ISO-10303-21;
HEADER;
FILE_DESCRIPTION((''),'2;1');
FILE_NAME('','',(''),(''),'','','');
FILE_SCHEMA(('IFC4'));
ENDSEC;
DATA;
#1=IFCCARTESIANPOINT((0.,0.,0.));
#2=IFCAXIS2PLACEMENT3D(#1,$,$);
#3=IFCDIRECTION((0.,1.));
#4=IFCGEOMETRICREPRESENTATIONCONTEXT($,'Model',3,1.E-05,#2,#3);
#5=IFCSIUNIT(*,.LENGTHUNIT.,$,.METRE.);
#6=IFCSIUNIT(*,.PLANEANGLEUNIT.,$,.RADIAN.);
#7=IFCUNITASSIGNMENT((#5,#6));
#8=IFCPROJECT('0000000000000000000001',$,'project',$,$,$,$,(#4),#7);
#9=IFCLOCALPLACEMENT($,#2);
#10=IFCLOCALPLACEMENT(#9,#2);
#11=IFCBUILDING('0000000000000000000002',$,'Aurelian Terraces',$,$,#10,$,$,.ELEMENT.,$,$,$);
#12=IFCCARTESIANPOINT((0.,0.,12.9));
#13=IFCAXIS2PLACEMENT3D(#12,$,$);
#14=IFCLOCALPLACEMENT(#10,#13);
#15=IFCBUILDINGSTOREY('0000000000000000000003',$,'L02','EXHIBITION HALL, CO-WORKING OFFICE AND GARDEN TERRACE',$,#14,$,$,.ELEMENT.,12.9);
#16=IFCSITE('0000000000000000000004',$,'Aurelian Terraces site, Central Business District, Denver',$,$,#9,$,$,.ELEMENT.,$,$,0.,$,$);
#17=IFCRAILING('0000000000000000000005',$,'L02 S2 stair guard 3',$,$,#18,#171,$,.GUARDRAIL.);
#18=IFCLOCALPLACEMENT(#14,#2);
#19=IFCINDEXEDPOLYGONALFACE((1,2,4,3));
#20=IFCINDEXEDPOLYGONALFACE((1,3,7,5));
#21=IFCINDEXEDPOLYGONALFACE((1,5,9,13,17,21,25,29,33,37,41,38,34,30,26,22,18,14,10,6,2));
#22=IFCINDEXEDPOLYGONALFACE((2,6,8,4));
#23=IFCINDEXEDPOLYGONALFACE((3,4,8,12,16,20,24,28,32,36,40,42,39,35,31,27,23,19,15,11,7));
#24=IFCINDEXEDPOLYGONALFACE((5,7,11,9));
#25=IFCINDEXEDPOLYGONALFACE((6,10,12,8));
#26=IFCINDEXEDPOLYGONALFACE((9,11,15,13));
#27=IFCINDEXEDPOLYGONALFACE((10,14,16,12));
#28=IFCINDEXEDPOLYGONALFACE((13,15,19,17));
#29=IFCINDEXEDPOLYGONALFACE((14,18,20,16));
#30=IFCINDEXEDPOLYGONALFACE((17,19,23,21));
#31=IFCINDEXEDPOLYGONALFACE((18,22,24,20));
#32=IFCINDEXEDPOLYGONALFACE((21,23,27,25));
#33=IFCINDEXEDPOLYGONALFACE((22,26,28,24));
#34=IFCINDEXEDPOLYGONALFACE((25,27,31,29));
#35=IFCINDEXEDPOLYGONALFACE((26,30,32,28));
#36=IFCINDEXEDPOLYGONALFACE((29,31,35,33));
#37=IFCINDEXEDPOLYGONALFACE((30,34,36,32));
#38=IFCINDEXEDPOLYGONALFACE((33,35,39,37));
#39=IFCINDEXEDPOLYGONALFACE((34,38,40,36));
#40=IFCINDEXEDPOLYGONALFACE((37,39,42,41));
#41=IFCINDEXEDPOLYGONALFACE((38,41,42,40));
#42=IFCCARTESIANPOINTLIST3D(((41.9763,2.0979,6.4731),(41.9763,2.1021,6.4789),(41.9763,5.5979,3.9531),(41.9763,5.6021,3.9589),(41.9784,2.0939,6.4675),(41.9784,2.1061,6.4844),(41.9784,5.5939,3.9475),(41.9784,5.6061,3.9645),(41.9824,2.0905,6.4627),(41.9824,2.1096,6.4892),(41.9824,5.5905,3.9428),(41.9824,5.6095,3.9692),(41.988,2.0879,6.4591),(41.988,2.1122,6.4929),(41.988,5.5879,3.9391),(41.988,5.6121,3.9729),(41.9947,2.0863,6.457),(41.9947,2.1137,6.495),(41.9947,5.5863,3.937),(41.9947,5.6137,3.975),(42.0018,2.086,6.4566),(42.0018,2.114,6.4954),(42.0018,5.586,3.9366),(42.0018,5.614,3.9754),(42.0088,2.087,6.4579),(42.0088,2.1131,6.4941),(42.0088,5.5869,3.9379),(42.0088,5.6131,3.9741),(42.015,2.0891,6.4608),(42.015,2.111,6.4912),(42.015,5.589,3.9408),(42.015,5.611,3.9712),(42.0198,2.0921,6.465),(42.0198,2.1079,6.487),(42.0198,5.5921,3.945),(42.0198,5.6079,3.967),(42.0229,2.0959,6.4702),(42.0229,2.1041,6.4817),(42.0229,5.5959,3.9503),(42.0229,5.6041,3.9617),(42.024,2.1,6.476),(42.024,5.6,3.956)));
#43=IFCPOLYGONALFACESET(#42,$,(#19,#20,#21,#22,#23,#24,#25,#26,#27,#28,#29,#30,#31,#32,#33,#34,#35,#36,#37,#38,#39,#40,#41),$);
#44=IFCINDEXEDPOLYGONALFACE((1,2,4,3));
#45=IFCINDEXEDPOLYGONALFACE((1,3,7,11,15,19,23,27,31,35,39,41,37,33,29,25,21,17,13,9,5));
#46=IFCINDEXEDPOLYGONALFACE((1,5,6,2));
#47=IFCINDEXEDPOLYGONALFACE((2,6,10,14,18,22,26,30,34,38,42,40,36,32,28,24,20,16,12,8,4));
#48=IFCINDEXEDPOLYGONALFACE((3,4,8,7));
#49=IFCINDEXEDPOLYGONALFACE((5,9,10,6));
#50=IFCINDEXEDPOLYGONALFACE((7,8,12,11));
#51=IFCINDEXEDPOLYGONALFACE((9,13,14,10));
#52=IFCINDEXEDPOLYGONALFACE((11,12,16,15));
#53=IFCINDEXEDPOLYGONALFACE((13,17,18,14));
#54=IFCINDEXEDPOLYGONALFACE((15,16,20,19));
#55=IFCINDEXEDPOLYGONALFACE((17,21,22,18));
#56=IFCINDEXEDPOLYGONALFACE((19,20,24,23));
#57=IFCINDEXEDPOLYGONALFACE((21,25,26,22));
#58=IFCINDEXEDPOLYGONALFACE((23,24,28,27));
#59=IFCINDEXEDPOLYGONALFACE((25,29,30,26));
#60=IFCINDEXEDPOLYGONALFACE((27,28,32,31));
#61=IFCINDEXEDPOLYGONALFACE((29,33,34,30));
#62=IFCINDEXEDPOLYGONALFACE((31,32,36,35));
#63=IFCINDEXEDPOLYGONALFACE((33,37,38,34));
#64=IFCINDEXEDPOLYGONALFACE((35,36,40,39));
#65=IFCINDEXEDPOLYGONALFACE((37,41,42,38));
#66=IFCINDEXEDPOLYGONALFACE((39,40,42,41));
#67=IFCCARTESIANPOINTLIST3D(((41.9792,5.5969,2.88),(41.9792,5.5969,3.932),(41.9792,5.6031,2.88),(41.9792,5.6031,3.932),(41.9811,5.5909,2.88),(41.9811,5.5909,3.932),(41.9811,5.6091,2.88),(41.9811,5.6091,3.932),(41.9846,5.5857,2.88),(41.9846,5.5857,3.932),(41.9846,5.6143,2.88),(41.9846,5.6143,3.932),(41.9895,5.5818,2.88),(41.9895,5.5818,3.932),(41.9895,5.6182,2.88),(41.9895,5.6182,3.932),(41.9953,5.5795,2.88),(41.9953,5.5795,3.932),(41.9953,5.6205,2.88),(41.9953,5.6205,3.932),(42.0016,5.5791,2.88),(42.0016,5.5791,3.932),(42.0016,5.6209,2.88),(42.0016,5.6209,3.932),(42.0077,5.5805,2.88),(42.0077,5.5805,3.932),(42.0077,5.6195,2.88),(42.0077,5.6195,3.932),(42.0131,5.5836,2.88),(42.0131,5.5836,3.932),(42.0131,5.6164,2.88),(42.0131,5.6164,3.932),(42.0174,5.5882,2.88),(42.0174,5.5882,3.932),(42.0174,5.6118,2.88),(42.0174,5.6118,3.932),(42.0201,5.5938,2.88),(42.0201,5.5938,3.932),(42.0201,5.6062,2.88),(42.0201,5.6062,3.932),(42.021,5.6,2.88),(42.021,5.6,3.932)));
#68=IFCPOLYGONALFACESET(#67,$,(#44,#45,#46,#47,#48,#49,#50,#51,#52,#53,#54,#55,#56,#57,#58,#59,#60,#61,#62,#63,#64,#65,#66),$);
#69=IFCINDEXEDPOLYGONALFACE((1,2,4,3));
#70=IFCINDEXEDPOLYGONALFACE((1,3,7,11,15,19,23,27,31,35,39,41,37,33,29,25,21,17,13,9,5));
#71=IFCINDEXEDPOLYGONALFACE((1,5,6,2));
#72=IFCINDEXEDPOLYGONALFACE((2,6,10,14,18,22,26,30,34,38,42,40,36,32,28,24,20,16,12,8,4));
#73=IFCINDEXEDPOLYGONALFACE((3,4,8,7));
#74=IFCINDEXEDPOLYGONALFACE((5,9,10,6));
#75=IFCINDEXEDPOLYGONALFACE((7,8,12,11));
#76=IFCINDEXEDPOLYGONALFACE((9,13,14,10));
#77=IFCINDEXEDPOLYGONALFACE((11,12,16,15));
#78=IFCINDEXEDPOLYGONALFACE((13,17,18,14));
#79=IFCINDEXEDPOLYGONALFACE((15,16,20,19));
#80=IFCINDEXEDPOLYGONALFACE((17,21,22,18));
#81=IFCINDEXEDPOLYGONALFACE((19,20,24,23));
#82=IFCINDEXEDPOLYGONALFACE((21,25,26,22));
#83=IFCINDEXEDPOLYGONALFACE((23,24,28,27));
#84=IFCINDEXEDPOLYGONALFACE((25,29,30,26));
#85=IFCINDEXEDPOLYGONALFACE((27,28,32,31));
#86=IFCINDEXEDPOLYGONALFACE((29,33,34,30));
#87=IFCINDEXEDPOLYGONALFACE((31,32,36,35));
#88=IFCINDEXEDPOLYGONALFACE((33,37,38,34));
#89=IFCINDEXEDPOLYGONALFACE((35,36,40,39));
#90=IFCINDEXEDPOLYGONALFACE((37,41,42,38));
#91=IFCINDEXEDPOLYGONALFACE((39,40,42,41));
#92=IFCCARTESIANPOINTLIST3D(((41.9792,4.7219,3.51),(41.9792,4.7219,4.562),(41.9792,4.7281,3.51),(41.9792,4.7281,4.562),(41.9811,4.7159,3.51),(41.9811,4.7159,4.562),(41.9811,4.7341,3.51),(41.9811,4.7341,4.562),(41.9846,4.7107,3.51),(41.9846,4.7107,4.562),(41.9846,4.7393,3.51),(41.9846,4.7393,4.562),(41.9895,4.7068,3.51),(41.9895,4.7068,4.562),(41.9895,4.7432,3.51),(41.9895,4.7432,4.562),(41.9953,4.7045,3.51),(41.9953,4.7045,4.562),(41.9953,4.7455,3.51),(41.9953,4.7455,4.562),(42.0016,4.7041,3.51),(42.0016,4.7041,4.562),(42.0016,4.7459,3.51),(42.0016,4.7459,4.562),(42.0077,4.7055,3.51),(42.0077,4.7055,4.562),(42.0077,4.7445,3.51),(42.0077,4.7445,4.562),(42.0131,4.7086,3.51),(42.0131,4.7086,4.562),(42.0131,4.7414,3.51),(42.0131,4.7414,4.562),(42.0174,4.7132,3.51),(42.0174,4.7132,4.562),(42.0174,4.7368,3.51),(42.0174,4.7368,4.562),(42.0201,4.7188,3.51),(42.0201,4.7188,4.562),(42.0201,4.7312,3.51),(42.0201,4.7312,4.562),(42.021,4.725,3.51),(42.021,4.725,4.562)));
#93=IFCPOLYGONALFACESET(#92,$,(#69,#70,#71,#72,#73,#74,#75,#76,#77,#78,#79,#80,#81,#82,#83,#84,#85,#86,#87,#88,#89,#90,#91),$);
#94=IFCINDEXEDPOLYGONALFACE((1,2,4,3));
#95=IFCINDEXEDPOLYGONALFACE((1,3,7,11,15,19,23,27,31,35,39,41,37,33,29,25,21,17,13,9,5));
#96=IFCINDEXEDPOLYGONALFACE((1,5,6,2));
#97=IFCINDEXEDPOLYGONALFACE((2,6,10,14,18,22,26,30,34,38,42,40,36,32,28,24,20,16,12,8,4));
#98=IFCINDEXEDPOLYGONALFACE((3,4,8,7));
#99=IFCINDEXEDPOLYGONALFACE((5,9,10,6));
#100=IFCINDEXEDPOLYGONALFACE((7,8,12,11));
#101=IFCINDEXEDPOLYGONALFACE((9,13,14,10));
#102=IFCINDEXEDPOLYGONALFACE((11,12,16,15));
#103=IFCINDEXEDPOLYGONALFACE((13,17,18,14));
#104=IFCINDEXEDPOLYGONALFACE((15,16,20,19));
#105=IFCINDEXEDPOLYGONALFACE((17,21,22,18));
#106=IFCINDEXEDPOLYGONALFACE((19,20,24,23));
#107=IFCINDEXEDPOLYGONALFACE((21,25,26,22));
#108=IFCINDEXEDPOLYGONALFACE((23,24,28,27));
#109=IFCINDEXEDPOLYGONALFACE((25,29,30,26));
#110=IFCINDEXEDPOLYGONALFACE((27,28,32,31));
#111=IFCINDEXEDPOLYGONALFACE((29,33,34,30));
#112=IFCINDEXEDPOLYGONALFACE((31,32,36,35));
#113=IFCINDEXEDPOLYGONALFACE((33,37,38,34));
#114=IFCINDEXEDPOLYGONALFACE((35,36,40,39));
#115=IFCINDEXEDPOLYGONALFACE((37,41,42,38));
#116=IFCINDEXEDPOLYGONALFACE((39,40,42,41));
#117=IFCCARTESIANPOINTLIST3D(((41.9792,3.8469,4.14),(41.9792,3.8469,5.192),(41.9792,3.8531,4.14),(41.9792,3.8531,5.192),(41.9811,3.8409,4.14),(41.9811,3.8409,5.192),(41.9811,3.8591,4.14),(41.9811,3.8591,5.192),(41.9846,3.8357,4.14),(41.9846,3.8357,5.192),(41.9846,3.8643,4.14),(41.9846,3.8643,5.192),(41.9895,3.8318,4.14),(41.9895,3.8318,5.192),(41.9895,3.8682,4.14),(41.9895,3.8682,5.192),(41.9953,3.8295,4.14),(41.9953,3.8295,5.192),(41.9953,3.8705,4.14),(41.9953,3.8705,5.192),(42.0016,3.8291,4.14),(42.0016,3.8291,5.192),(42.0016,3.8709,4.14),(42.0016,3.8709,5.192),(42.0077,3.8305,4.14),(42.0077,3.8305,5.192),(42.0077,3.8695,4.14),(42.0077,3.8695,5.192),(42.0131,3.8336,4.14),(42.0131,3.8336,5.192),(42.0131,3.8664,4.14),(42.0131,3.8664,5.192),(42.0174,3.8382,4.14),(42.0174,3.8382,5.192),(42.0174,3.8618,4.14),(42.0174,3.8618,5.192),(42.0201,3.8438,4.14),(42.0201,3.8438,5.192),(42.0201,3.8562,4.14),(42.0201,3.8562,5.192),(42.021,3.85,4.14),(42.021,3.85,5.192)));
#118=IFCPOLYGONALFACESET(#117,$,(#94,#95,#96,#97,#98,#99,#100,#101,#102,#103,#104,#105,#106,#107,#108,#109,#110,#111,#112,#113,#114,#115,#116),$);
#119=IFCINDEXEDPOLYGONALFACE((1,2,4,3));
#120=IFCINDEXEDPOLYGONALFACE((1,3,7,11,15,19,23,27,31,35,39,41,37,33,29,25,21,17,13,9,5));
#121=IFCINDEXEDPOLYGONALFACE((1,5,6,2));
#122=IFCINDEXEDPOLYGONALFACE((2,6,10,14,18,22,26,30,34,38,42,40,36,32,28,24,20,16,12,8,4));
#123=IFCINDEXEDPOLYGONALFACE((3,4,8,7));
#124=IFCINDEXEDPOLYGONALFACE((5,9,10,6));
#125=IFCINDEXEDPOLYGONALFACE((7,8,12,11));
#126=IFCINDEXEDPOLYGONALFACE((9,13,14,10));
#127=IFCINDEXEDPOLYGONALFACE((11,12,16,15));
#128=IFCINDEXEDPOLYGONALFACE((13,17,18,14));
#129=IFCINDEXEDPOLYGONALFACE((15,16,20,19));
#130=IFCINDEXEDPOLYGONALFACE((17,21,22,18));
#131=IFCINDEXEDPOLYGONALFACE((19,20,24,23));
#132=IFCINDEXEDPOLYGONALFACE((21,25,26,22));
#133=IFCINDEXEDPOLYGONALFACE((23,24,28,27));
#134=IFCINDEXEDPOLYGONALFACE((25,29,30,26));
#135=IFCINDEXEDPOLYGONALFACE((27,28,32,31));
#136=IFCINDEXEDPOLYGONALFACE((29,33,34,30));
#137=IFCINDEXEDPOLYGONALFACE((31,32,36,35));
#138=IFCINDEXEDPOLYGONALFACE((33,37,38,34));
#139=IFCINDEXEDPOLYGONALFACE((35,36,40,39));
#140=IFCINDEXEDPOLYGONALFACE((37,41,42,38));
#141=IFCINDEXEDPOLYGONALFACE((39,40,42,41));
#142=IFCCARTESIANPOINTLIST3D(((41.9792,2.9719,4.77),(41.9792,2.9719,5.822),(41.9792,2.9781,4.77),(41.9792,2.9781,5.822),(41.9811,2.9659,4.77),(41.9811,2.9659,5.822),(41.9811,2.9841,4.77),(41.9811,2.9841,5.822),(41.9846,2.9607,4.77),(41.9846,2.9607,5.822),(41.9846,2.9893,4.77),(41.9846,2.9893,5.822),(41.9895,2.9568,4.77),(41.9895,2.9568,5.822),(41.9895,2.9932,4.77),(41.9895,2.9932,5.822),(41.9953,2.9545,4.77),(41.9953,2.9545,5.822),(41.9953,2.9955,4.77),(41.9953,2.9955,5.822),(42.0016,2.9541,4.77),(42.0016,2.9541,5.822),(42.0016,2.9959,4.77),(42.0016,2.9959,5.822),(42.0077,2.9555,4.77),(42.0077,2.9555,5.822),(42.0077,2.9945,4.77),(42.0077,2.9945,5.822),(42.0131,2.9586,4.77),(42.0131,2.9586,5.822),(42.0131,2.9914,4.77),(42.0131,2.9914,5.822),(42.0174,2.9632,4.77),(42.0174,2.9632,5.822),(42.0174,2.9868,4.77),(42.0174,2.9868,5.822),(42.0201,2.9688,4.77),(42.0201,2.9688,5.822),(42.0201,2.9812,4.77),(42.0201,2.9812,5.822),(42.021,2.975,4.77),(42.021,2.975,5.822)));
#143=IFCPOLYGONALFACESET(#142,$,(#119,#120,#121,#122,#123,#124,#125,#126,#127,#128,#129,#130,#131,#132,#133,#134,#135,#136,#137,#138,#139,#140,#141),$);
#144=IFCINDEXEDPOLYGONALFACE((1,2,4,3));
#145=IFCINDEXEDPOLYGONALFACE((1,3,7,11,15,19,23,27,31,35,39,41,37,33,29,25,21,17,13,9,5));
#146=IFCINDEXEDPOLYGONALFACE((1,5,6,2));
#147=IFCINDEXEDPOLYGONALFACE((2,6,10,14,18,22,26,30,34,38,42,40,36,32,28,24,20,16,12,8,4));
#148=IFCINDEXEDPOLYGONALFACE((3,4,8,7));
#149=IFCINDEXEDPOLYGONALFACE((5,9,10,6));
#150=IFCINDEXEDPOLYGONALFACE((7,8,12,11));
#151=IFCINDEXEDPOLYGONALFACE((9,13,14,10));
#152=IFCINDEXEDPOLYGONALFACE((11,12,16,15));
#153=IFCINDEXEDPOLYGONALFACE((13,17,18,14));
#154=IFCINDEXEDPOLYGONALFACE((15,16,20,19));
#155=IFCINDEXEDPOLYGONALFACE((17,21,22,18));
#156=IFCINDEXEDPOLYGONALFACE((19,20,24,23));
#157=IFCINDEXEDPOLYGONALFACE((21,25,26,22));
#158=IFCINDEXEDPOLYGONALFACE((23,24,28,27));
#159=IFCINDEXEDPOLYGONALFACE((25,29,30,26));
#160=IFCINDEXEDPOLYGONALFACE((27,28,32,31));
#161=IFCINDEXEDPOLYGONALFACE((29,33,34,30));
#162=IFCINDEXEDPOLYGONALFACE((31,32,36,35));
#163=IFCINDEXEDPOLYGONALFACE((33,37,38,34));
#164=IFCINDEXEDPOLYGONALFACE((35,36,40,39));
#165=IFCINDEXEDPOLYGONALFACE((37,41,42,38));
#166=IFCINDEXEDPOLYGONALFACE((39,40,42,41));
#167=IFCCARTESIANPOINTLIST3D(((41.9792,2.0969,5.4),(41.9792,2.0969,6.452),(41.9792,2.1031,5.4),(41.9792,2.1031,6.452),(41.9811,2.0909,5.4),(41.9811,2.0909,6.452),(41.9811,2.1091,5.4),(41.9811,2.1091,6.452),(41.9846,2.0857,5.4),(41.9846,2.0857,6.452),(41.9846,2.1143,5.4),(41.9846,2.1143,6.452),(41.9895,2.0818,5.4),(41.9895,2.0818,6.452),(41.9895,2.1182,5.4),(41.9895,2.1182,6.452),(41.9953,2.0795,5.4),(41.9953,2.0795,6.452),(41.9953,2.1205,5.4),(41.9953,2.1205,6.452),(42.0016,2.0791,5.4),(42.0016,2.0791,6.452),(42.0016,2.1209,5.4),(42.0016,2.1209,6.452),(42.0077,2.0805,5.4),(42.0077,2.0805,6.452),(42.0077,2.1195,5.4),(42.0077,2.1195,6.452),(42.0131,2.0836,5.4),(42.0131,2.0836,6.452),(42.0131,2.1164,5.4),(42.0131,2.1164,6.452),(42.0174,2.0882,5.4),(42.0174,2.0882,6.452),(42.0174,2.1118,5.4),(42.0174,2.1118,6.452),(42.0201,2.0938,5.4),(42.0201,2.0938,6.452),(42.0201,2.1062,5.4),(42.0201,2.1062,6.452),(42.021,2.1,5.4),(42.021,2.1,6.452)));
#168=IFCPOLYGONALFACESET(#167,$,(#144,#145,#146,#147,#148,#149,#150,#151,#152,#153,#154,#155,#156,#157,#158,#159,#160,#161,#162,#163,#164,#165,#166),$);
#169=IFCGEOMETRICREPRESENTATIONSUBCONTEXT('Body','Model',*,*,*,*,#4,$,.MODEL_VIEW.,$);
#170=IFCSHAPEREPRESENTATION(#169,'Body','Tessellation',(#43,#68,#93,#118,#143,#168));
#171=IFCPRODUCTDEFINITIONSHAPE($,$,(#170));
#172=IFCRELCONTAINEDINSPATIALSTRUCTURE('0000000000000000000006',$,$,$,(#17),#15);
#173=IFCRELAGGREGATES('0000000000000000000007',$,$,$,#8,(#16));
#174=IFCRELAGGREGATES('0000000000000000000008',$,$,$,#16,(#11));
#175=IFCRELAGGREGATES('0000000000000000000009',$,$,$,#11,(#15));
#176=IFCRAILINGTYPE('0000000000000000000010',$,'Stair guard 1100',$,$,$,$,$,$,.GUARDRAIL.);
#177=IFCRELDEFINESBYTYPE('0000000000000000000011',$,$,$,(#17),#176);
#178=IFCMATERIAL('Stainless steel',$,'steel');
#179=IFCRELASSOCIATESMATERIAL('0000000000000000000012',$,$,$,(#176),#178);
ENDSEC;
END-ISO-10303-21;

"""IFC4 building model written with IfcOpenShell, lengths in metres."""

from ifc_helpers import new_model, si_unit, direction, frame, origin, origin_2d, place, context, subcontext, project, spatial, circle, extrude, source, transform, mapped, material, type_object, element, save


model = new_model("IFC4")

# Units and contexts
model_context = context("Model", 3, precision=1e-05, world=origin(), true_north=direction((0.0, 1.0)))
body_context = subcontext(model_context, "Body", "Model", "MODEL_VIEW")
ifc_project = project(units=[si_unit("LENGTHUNIT", "METRE"), si_unit("PLANEANGLEUNIT", "RADIAN")], contexts=[model_context])

# Site, building, storey
site_placement = place(None, origin())
site = spatial("IfcSite", under=ifc_project, at=site_placement, Name="Aurelian Terraces site, Central Business District, Denver", CompositionType="ELEMENT", RefElevation=0.0)
building_placement = place(site_placement, origin())
building = spatial("IfcBuilding", under=site, at=building_placement, Name="Aurelian Terraces", CompositionType="ELEMENT")
storey_placement = place(building_placement, frame((0.0, 0.0, 12.9)))
storey = spatial("IfcBuildingStorey", under=building, at=storey_placement, Name="L02", Description="EXHIBITION HALL, CO-WORKING OFFICE AND GARDEN TERRACE", CompositionType="ELEMENT", Elevation=12.9)

# Railing
ifc_material_1 = material(Name="Stainless steel", Category="steel")
railing_type_1 = type_object("IfcRailingType", Name="Stair guard 1100", PredefinedType="GUARDRAIL", material=ifc_material_1)
shared_shape_1 = source(origin(), body_context, "Body", "SweptSolid", [
    extrude(circle(Radius=0.024, at=origin_2d()), frame((0.0, 0.0, 1.076), z_axis=(0.0, -0.811534, 0.584305), x_axis=(1.0, 0.0, 0.0)), (0.0, 0.0, 1.0), 4.3128),
    extrude(circle(Radius=0.021, at=origin_2d()), origin(), (0.0, 0.0, 1.0), 1.052),
    extrude(circle(Radius=0.021, at=origin_2d()), frame((0.0, -0.875, 0.63)), (0.0, 0.0, 1.0), 1.052),
    extrude(circle(Radius=0.021, at=origin_2d()), frame((0.0, -1.75, 1.26)), (0.0, 0.0, 1.0), 1.052),
    extrude(circle(Radius=0.021, at=origin_2d()), frame((0.0, -2.625, 1.89)), (0.0, 0.0, 1.0), 1.052),
    extrude(circle(Radius=0.021, at=origin_2d()), frame((0.0, -3.5, 2.52)), (0.0, 0.0, 1.0), 1.052),
])
for number, where, name in (
    (1, (42.0, 5.6, 2.88), "L02 S2 stair guard 3"),
):
    element("IfcRailing", number, at=place(storey_placement, frame(where)), inside=storey, type_object=railing_type_1, Name=name, PredefinedType="GUARDRAIL", context=body_context, shape_type="MappedRepresentation", body=[
        mapped(shared_shape_1, transform((0.0, 0.0, 0.0), scale=1.0)),
    ])

save(model, "model.ifc")
